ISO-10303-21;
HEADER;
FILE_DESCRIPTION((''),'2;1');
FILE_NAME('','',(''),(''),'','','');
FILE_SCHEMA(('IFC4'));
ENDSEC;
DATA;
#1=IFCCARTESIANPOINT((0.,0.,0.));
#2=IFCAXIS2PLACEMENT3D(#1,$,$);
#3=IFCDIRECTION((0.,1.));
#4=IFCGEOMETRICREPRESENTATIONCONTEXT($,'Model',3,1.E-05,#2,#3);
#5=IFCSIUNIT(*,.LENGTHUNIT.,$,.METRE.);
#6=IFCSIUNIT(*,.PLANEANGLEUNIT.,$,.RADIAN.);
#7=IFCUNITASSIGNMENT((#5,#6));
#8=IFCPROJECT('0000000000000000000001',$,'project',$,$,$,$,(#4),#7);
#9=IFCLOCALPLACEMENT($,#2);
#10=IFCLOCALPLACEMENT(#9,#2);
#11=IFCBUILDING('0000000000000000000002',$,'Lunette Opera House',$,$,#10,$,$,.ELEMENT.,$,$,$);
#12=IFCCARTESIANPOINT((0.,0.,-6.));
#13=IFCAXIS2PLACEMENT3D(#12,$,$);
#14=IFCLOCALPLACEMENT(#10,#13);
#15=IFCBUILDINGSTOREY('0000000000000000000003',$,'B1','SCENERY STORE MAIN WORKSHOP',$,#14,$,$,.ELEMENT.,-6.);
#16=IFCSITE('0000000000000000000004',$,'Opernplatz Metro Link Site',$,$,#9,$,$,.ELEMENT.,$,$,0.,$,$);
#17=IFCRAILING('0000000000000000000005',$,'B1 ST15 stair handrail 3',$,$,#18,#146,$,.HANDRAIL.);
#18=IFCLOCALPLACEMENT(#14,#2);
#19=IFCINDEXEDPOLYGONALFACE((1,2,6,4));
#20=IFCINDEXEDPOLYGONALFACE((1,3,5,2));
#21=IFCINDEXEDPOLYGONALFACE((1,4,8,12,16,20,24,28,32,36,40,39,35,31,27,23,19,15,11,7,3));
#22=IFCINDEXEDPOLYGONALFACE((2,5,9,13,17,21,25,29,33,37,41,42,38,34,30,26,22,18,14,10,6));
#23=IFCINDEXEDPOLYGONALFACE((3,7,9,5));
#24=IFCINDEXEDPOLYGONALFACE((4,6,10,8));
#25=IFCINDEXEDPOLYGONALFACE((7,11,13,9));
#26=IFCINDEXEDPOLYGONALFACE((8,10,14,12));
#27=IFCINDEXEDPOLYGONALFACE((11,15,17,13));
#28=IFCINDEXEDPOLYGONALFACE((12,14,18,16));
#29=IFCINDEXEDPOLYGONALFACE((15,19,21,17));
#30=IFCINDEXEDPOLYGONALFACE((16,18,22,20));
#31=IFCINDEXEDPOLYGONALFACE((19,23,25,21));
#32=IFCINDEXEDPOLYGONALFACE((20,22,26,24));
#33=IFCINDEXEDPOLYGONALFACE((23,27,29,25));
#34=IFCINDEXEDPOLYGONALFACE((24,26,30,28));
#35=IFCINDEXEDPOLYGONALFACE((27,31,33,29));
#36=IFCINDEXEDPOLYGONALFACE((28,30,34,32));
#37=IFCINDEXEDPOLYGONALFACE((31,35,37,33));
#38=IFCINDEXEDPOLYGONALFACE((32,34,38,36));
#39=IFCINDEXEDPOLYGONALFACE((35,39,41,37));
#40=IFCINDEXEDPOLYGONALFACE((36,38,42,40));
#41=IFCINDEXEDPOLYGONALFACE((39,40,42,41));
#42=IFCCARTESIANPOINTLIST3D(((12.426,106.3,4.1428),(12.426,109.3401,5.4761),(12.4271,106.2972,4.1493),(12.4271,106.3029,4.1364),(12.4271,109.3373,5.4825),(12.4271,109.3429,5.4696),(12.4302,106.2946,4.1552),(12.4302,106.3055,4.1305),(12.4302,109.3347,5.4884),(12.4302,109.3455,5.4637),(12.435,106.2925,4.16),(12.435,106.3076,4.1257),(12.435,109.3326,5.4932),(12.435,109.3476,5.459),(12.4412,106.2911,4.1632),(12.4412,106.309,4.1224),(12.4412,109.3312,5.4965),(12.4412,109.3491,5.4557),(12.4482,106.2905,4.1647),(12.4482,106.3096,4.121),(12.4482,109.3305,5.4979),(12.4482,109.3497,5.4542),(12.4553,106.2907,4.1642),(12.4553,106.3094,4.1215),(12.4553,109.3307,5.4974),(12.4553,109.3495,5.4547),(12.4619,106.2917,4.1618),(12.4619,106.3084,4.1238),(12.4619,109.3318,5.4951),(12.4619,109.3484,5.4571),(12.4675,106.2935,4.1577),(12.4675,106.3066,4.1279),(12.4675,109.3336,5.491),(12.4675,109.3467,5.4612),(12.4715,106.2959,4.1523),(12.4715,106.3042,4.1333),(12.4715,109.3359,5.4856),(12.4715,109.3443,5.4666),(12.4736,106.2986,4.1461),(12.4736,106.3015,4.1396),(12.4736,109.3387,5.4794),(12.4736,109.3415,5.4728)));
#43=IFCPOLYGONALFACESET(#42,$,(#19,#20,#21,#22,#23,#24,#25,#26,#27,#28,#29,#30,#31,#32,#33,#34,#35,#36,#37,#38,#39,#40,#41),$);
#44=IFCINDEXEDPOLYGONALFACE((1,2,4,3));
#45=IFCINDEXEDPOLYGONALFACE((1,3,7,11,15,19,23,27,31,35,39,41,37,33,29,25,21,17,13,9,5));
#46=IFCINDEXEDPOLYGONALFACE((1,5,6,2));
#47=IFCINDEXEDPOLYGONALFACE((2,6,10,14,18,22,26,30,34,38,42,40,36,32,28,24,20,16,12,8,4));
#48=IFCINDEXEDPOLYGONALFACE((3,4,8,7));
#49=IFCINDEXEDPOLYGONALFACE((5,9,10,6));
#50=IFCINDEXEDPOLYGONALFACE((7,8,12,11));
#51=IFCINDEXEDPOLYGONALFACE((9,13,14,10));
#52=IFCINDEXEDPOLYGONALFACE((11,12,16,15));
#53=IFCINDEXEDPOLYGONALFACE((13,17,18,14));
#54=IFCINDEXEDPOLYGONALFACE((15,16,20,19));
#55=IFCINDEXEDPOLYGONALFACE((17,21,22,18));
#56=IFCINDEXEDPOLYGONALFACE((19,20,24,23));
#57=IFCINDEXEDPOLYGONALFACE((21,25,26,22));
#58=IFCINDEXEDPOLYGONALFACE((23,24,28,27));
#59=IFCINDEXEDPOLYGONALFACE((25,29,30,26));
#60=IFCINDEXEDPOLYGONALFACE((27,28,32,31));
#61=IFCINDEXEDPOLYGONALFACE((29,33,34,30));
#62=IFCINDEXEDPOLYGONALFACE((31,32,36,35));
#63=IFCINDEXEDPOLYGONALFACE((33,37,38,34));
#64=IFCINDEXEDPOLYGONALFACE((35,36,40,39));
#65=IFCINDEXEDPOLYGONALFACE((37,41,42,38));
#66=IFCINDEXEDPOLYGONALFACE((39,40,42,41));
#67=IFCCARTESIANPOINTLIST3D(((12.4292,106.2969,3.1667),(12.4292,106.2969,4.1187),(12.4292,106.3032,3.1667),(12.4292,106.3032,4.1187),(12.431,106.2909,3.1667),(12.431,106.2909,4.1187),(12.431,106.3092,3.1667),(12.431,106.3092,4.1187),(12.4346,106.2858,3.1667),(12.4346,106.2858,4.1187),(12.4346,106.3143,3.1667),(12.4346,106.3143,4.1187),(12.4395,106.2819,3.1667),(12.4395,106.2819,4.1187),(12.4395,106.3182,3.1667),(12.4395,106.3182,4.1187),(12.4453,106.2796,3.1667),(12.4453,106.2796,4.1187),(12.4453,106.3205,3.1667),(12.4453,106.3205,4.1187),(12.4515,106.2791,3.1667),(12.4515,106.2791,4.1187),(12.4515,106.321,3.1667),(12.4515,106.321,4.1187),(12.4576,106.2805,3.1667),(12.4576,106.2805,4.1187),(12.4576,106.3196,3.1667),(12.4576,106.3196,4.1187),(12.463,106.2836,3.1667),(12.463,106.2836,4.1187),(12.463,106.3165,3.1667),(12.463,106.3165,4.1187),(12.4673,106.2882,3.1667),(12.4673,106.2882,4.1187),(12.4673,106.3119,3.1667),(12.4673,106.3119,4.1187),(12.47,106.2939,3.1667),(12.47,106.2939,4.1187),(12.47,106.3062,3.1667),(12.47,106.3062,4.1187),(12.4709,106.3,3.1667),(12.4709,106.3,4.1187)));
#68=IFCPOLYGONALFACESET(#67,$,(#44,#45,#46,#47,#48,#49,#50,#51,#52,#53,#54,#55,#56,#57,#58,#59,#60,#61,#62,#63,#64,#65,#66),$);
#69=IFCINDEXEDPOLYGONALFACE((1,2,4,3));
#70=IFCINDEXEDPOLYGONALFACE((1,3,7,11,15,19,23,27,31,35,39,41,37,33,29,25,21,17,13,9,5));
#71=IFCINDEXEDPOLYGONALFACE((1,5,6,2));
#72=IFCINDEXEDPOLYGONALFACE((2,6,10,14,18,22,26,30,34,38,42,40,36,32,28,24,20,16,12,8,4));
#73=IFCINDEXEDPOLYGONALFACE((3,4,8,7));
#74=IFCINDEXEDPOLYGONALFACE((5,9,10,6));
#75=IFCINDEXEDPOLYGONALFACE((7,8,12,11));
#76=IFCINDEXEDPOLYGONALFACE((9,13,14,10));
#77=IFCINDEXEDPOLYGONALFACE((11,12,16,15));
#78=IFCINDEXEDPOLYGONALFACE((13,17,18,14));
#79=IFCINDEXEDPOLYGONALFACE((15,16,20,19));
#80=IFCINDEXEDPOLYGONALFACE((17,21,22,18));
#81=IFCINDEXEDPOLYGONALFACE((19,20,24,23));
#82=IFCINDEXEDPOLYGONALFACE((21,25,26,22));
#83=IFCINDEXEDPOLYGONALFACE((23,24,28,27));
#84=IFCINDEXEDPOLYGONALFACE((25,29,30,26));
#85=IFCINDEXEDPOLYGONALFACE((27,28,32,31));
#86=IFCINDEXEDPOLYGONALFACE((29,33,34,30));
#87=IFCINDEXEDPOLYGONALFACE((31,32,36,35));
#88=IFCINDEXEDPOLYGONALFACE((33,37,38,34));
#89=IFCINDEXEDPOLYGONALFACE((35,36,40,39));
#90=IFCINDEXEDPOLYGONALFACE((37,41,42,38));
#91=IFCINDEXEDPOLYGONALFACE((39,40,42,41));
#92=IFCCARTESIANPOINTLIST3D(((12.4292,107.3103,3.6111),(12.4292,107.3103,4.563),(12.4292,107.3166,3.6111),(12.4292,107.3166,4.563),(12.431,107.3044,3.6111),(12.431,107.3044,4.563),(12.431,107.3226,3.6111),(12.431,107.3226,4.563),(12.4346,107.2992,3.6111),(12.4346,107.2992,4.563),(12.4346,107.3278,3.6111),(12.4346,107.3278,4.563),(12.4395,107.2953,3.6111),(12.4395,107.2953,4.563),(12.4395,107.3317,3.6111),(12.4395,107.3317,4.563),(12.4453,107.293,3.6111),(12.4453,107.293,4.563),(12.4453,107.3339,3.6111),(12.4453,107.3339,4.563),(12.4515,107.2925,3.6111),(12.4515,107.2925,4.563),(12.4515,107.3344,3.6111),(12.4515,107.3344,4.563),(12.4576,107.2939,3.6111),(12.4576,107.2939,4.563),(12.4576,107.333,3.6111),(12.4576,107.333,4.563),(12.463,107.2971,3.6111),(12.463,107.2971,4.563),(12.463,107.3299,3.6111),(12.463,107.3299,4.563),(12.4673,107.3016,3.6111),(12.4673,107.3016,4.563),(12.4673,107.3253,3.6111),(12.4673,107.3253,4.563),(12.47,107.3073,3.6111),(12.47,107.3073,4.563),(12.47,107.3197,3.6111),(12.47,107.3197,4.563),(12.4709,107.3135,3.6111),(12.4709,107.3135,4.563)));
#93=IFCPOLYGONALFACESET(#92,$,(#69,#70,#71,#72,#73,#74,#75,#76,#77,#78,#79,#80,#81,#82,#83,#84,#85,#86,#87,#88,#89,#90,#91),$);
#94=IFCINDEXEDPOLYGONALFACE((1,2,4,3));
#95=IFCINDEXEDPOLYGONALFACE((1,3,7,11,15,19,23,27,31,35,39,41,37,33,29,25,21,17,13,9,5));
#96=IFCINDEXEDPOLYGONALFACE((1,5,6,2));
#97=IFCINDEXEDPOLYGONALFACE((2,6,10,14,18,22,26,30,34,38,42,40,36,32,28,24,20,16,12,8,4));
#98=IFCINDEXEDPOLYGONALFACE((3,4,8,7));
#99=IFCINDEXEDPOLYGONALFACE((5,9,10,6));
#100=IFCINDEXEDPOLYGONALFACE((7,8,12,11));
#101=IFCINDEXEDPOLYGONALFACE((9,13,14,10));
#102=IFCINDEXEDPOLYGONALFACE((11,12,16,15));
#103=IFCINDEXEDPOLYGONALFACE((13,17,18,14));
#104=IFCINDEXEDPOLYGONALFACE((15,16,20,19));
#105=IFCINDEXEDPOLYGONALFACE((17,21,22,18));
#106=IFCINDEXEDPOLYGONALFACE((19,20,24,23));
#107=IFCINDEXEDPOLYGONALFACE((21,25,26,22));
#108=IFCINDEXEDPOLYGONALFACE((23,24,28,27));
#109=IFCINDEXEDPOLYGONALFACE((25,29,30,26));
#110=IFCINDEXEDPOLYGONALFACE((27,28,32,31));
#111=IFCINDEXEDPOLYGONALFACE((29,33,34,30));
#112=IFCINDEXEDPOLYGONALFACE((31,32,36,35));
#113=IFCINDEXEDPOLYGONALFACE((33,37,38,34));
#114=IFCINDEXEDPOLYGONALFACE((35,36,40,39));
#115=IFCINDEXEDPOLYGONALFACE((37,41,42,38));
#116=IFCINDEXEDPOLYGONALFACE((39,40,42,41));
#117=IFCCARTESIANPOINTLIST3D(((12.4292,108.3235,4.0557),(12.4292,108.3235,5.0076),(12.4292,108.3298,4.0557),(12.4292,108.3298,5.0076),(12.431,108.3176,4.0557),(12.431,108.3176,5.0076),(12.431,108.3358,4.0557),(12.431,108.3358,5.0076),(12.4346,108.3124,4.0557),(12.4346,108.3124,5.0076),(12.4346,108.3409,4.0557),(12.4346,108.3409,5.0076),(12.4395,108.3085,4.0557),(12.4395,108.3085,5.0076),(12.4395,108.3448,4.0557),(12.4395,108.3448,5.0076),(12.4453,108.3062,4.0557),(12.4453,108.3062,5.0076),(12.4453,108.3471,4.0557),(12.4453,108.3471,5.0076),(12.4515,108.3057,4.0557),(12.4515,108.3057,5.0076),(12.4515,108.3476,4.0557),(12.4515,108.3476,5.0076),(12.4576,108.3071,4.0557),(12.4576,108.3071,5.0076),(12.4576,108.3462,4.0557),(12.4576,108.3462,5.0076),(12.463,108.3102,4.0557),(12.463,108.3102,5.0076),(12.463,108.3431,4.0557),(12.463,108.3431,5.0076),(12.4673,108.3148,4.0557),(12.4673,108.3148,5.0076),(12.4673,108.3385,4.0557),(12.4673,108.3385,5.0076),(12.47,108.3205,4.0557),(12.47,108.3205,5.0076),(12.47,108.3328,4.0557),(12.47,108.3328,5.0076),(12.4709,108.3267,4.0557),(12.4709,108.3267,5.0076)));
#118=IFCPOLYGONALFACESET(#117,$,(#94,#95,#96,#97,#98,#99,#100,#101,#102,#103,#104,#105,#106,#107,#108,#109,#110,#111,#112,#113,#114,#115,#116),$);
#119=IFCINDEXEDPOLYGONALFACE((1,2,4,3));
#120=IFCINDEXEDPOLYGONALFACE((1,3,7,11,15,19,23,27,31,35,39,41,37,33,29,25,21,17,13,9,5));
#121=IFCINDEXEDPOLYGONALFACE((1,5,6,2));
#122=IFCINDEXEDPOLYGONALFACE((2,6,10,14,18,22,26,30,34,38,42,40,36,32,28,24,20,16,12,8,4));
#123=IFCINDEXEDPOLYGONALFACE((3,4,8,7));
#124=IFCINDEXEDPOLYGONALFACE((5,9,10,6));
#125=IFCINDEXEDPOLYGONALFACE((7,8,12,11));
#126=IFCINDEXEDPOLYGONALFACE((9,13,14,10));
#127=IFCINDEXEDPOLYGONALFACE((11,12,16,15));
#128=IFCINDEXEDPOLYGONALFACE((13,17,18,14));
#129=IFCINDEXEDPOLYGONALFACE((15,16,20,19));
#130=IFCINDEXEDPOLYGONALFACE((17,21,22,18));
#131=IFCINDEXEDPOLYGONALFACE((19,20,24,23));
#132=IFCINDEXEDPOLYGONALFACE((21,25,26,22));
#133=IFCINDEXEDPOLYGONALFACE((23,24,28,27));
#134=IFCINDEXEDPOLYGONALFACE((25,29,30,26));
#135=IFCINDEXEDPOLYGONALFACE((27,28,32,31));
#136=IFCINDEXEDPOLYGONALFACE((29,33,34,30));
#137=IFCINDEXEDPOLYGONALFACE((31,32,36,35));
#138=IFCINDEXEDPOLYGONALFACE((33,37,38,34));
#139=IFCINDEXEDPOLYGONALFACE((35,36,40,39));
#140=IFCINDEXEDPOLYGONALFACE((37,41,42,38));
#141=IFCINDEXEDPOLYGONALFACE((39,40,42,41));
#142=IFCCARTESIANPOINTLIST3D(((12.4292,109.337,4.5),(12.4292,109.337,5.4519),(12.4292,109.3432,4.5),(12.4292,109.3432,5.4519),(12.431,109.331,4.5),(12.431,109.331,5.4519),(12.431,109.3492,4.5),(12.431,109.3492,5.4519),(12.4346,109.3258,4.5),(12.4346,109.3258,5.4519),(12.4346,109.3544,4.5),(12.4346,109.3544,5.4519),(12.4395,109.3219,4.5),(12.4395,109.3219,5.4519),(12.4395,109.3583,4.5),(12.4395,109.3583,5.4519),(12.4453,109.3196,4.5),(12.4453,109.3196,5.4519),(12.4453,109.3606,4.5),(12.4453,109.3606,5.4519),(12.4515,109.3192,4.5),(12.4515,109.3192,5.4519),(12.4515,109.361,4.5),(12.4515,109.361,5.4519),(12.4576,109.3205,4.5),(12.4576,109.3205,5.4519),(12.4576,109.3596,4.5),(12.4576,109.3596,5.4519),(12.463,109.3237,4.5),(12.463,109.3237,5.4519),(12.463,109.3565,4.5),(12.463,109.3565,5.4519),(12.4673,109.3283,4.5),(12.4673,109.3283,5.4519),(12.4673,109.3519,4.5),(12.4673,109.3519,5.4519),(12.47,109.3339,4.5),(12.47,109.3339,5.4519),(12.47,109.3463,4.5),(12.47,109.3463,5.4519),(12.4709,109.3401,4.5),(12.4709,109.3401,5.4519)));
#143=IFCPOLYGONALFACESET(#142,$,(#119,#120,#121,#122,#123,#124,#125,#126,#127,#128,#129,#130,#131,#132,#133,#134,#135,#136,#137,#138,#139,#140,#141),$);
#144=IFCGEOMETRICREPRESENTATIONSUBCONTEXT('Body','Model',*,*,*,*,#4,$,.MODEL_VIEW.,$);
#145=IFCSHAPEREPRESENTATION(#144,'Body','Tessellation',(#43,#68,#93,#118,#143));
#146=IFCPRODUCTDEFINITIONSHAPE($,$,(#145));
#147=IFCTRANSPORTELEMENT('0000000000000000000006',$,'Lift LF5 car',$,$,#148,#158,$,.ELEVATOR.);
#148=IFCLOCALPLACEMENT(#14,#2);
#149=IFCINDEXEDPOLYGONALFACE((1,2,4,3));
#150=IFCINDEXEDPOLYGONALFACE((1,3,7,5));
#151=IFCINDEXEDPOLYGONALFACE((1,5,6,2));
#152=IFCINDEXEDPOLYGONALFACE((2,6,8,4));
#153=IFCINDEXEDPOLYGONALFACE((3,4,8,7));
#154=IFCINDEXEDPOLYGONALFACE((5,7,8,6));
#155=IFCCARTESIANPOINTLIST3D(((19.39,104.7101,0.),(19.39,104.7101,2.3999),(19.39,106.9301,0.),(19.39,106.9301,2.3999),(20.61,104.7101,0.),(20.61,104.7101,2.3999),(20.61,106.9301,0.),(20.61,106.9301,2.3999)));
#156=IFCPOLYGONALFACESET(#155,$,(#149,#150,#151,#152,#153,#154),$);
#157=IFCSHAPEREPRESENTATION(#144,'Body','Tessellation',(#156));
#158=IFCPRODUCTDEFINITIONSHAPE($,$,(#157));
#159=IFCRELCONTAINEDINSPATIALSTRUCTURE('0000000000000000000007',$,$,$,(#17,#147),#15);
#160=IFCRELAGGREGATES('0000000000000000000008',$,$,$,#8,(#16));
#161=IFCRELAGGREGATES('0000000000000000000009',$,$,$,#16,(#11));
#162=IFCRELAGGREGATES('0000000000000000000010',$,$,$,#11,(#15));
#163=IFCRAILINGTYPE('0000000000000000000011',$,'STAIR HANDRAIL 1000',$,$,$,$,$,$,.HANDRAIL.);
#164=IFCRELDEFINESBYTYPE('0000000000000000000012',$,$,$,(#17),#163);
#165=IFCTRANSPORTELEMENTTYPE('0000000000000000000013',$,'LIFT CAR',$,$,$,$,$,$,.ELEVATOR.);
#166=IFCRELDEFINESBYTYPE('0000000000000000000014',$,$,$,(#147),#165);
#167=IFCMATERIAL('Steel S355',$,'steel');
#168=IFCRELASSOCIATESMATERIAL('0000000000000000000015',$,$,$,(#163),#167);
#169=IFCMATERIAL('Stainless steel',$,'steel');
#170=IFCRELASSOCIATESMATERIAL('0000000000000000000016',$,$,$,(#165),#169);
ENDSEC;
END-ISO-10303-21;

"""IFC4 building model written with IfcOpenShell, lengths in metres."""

from ifc_helpers import new_model, si_unit, direction, frame, origin, origin_2d, place, context, subcontext, project, spatial, rectangle, circle, extrude, material, type_object, element, save


model = new_model("IFC4")

# Units and contexts
model_context = context("Model", 3, precision=1e-05, world=origin(), true_north=direction((0.0, 1.0)))
body_context = subcontext(model_context, "Body", "Model", "MODEL_VIEW")
ifc_project = project(units=[si_unit("LENGTHUNIT", "METRE"), si_unit("PLANEANGLEUNIT", "RADIAN")], contexts=[model_context])

# Site, building, storey
site_placement = place(None, origin())
site = spatial("IfcSite", under=ifc_project, at=site_placement, Name="Opernplatz Metro Link Site", CompositionType="ELEMENT", RefElevation=0.0)
building_placement = place(site_placement, origin())
building = spatial("IfcBuilding", under=site, at=building_placement, Name="Lunette Opera House", CompositionType="ELEMENT")
storey_placement = place(building_placement, frame((0.0, 0.0, -6.0)))
storey = spatial("IfcBuildingStorey", under=building, at=storey_placement, Name="B1", Description="SCENERY STORE MAIN WORKSHOP", CompositionType="ELEMENT", Elevation=-6.0)

# Railing
ifc_material_1 = material(Name="Steel S355", Category="steel")
railing_type = type_object("IfcRailingType", Name="STAIR HANDRAIL 1000", PredefinedType="HANDRAIL", material=ifc_material_1)
railing_placement = place(storey_placement, frame((12.45, 106.3, 3.1667)))
element("IfcRailing", 1, at=railing_placement, inside=storey, type_object=railing_type, Name="B1 ST15 stair handrail 3", PredefinedType="HANDRAIL", context=body_context, shape_type="SweptSolid", body=[
    extrude(circle(Radius=0.0239, at=origin_2d()), frame((0.0, 0.0, 0.9761), z_axis=(0.0, 0.915799, 0.401637), x_axis=(-1.0, 0.0, 0.0)), (0.0, 0.0, 1.0), 3.3196),
    extrude(circle(Radius=0.021, at=origin_2d()), origin(), (0.0, 0.0, 1.0), 0.9519),
    extrude(circle(Radius=0.021, at=origin_2d()), frame((0.0, 1.0134, 0.4443)), (0.0, 0.0, 1.0), 0.9519),
    extrude(circle(Radius=0.021, at=origin_2d()), frame((0.0, 2.0266, 0.8889)), (0.0, 0.0, 1.0), 0.9519),
    extrude(circle(Radius=0.021, at=origin_2d()), frame((0.0, 3.04, 1.3333)), (0.0, 0.0, 1.0), 0.9519),
])

# Transport element
ifc_material_2 = material(Name="Stainless steel", Category="steel")
transport_element_type = type_object("IfcTransportElementType", Name="LIFT CAR", PredefinedType="ELEVATOR", material=ifc_material_2)
transport_element_placement = place(storey_placement, frame((20.0, 105.8201, 0.0), z_axis=(0.0, 0.0, 1.0), x_axis=(1.0, 0.0, 0.0)))
element("IfcTransportElement", 2, at=transport_element_placement, inside=storey, type_object=transport_element_type, Name="Lift LF5 car", PredefinedType="ELEVATOR", context=body_context, shape_type="SweptSolid", body=[
    extrude(rectangle(XDim=1.22, YDim=2.22, at=origin_2d()), origin(), (0.0, 0.0, 1.0), 2.3999),
])

save(model, "model.ifc")
